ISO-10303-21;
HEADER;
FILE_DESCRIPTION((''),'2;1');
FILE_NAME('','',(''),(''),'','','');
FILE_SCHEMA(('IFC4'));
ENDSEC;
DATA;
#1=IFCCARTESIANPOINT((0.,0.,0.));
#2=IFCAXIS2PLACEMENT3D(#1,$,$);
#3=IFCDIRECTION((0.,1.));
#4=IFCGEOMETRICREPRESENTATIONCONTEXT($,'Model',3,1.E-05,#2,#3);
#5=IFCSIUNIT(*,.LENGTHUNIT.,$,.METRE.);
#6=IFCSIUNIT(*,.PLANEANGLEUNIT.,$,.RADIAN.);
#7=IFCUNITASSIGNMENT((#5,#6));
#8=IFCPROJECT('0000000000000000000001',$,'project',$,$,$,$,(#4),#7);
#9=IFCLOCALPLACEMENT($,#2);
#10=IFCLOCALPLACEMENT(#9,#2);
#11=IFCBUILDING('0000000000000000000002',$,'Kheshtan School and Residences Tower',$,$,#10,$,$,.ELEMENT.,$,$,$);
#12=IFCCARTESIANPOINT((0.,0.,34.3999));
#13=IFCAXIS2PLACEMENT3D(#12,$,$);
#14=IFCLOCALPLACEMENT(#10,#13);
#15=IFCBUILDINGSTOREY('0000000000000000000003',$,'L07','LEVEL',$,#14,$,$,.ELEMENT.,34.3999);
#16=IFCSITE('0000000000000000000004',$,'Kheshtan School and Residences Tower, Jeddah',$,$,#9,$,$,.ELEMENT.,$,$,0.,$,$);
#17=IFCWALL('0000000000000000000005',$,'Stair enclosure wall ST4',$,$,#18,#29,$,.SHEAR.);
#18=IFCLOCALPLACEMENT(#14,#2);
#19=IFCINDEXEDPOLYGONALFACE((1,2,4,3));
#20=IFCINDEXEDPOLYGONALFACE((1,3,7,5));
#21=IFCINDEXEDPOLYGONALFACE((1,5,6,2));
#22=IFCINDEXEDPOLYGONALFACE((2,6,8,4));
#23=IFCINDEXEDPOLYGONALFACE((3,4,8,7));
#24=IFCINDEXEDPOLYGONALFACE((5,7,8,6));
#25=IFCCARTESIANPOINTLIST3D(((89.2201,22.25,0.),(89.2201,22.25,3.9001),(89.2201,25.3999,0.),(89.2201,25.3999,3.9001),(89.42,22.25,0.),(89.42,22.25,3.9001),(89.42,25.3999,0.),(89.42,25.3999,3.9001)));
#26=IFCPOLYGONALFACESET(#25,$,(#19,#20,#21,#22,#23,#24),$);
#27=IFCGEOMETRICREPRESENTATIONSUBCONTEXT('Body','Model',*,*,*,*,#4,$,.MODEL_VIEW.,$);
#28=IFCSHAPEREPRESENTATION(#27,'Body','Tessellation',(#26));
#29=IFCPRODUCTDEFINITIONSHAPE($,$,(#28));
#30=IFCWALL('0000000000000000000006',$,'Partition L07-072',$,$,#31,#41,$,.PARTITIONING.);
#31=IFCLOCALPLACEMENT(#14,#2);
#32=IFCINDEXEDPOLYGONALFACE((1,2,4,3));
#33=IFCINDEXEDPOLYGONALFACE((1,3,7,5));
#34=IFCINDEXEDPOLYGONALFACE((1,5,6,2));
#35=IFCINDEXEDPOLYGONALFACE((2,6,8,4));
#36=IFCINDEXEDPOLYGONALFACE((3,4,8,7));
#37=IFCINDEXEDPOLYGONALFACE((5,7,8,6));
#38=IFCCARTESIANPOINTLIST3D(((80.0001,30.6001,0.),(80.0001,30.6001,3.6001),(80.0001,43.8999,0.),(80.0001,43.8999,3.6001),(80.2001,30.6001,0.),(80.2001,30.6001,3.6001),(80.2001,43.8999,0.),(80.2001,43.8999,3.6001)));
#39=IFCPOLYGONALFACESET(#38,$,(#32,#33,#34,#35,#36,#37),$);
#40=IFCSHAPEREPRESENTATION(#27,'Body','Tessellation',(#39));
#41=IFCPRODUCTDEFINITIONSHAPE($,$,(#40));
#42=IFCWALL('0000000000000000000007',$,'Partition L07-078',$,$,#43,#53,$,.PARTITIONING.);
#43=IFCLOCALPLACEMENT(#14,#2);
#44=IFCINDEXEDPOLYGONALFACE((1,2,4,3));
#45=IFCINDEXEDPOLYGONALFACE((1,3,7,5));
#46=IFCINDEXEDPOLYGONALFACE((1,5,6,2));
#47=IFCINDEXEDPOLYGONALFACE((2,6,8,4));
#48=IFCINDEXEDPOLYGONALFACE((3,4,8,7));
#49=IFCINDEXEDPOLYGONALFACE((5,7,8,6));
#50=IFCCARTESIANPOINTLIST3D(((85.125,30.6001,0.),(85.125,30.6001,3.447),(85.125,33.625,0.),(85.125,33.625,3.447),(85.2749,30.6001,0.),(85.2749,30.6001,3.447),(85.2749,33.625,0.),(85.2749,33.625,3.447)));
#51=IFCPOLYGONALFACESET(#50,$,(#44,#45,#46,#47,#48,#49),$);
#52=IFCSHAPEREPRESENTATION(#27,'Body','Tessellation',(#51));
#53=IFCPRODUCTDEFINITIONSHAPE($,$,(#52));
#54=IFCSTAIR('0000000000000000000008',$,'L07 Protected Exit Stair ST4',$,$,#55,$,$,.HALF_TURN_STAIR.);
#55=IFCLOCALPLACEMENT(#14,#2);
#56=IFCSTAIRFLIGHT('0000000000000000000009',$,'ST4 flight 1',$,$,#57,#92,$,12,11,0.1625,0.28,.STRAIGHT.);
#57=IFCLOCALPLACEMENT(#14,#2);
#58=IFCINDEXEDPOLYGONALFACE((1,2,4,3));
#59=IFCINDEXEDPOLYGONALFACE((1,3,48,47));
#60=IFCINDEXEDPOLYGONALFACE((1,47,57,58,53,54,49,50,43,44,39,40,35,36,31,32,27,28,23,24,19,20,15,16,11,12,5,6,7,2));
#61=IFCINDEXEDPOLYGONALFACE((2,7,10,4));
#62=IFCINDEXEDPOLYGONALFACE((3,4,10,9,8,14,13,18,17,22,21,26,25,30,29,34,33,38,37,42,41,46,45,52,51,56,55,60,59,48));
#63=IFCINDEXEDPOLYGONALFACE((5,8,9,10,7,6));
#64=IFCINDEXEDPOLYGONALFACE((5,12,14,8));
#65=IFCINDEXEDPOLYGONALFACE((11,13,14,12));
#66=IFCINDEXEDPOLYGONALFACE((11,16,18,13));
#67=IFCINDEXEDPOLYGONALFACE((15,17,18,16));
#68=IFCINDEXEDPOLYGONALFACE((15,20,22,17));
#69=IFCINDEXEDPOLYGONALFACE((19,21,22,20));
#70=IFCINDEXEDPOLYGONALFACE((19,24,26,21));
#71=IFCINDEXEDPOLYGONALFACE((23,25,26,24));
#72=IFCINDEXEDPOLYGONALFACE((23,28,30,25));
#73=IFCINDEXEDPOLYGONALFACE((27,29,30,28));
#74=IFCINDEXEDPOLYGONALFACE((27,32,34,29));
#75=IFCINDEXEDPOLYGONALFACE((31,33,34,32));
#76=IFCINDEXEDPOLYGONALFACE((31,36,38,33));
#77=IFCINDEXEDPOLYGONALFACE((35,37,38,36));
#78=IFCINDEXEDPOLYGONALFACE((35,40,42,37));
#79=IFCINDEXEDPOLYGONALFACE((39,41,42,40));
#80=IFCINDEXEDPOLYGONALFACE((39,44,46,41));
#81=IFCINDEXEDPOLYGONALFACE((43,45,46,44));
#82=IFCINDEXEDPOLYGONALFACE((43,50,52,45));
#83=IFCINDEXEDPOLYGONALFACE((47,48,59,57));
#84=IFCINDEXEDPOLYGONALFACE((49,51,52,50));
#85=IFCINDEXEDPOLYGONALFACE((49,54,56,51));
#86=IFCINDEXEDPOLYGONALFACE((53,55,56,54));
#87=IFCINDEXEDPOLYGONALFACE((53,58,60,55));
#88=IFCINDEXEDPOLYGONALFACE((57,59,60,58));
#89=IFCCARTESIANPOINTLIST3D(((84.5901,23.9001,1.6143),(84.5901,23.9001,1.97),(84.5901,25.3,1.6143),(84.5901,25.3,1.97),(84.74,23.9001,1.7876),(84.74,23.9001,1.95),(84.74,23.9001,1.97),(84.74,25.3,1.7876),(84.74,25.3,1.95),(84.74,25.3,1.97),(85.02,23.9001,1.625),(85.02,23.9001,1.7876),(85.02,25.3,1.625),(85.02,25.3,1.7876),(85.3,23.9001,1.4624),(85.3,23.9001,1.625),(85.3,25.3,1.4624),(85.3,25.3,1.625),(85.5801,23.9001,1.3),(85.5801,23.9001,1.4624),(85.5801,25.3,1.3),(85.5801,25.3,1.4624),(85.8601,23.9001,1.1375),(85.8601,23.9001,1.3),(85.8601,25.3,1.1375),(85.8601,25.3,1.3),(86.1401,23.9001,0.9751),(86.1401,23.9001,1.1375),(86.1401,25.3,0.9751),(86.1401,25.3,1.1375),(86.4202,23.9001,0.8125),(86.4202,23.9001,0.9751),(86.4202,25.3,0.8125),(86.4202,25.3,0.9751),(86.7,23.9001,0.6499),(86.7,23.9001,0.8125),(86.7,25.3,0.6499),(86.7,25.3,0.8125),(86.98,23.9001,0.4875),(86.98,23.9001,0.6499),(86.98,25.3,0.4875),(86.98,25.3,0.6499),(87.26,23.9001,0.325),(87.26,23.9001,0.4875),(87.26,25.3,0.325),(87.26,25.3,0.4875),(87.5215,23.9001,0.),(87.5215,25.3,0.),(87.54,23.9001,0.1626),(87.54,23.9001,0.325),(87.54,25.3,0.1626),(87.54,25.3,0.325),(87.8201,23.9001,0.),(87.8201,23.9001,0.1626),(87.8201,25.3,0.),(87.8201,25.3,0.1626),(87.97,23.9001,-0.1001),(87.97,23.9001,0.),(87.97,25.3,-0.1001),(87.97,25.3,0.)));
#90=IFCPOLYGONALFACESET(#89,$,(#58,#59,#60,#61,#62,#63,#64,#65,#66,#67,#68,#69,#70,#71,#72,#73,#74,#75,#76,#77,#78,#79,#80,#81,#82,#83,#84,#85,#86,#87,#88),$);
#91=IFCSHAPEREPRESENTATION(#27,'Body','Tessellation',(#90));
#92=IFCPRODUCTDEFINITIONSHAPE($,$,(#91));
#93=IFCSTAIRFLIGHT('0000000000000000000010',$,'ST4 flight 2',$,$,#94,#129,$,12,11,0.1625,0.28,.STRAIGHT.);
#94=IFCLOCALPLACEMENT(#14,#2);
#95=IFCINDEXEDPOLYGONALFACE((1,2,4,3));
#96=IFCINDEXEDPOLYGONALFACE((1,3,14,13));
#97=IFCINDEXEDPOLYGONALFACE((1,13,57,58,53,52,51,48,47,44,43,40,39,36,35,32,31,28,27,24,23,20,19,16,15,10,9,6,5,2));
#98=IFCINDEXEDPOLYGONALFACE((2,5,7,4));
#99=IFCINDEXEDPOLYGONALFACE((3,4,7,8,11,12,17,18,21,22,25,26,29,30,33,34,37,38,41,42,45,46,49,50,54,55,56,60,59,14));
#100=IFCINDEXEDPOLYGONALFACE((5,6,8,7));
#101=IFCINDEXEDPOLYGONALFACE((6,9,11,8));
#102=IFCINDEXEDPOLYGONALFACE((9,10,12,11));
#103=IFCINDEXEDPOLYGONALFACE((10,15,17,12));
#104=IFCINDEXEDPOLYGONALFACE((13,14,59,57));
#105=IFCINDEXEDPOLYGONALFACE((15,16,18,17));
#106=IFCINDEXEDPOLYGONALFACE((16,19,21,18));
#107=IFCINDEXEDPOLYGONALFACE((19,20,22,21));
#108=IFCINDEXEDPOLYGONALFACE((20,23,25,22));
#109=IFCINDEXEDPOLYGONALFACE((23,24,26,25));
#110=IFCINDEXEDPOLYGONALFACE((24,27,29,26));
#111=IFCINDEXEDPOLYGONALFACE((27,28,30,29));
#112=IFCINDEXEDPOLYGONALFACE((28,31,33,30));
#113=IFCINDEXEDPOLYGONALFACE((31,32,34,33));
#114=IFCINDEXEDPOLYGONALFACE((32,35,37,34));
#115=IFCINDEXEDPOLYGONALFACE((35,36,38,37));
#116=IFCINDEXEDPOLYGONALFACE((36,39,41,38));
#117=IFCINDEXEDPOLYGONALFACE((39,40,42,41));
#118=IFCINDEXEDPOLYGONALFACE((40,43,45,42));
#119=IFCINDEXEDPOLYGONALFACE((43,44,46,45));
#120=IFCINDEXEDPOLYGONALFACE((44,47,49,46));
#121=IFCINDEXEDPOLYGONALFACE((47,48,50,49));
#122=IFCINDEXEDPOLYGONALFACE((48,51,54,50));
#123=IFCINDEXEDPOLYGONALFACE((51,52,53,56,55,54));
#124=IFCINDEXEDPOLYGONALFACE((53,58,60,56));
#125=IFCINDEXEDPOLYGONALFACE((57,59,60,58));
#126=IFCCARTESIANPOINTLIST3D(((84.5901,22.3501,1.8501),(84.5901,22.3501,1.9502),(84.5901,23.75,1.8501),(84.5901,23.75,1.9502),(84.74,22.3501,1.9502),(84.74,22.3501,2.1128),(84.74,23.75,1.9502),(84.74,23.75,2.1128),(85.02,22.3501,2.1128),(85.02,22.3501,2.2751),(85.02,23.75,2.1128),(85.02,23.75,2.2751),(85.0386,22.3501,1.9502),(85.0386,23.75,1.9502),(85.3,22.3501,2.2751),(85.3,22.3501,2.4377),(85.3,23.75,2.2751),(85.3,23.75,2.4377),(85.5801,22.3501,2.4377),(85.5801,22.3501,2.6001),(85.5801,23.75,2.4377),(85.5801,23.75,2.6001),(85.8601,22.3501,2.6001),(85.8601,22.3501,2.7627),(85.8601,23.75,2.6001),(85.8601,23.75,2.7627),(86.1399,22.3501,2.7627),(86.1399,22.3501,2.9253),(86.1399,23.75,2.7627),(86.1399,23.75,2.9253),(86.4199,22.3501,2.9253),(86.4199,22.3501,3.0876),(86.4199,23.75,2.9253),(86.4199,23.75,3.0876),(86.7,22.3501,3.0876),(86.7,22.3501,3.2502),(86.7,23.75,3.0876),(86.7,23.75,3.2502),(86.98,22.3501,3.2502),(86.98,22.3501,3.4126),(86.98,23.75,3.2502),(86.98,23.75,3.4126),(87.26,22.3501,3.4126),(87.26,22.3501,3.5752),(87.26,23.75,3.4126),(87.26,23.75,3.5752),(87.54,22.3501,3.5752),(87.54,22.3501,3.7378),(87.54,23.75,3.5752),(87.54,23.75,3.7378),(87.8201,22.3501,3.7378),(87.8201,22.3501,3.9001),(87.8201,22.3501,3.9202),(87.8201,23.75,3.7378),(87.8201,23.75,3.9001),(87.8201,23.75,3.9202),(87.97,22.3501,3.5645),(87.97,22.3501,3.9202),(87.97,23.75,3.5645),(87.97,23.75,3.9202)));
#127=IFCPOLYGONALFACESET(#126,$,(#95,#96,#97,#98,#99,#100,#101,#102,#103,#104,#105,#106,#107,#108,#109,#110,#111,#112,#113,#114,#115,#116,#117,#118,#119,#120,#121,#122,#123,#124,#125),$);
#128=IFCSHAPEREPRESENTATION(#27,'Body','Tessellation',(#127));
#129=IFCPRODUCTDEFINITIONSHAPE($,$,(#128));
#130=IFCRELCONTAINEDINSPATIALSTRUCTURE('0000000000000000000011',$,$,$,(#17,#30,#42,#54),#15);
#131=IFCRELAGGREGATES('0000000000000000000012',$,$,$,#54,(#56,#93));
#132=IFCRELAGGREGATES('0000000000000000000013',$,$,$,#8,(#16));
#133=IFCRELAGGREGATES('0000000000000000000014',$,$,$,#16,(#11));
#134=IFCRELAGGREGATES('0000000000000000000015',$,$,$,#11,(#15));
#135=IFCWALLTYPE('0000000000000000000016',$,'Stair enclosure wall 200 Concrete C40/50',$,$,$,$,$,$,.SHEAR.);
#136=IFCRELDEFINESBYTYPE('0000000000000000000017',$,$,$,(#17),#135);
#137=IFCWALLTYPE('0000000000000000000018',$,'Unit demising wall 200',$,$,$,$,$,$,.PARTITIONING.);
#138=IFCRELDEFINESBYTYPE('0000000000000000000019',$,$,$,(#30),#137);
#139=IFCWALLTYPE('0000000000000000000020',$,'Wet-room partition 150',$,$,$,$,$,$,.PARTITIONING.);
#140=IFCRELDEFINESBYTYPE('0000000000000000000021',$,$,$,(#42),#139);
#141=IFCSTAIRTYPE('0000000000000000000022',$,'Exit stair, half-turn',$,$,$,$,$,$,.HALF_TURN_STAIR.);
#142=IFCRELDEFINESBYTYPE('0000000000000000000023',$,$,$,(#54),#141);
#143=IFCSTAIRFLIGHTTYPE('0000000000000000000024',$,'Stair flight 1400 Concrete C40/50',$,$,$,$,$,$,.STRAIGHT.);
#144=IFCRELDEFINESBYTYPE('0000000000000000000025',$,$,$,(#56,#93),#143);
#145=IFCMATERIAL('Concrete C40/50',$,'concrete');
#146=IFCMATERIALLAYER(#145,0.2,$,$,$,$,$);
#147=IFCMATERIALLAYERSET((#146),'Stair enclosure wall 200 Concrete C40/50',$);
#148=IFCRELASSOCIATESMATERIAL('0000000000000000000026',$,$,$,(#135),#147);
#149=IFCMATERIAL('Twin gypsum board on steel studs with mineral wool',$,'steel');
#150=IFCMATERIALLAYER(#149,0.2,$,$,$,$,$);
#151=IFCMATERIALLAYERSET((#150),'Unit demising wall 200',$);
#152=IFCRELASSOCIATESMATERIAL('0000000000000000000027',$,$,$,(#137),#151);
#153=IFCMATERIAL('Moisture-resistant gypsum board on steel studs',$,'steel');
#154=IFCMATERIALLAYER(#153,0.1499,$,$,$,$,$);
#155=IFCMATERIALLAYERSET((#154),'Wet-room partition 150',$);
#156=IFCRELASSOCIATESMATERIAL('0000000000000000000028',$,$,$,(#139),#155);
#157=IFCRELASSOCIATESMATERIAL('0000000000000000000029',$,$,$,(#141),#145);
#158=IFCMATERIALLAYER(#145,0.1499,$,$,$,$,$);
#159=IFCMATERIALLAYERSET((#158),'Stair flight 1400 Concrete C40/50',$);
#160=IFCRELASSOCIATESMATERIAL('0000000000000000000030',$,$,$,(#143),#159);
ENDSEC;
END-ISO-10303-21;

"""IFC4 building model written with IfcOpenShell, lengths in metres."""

from ifc_helpers import new_model, si_unit, direction, frame, frame_2d, origin, place, context, subcontext, project, spatial, polyline, rectangle, outline, extrude, material, layer, layer_set, type_object, element, aggregate, save


model = new_model("IFC4")

# Units and contexts
model_context = context("Model", 3, precision=1e-05, world=origin(), true_north=direction((0.0, 1.0)))
body_context = subcontext(model_context, "Body", "Model", "MODEL_VIEW")
ifc_project = project(units=[si_unit("LENGTHUNIT", "METRE"), si_unit("PLANEANGLEUNIT", "RADIAN")], contexts=[model_context])

# Site, building, storey
site_placement = place(None, origin())
site = spatial("IfcSite", under=ifc_project, at=site_placement, Name="Kheshtan School and Residences Tower, Jeddah", CompositionType="ELEMENT", RefElevation=0.0)
building_placement = place(site_placement, origin())
building = spatial("IfcBuilding", under=site, at=building_placement, Name="Kheshtan School and Residences Tower", CompositionType="ELEMENT")
storey_placement = place(building_placement, frame((0.0, 0.0, 34.3999)))
storey = spatial("IfcBuildingStorey", under=building, at=storey_placement, Name="L07", Description="LEVEL", CompositionType="ELEMENT", Elevation=34.3999)

# Shared definitions
ifc_material_1 = material(Name="Concrete C40/50", Category="concrete")
ifc_layer_1 = layer(ifc_material_1, 0.2)
ifc_layer_set_1 = layer_set([ifc_layer_1], Name="Stair enclosure wall 200 Concrete C40/50")
wall_type_1 = type_object("IfcWallType", Name="Stair enclosure wall 200 Concrete C40/50", PredefinedType="SHEAR", material=ifc_layer_set_1)

# Walls
for number, where, z_axis, x_axis, name in (
    (1, (89.3201, 22.25, 0.0), (0.0, 0.0, 1.0), (0.0, 1.0, 0.0), "Stair enclosure wall ST4"),
):
    element("IfcWall", number, at=place(storey_placement, frame(where, z_axis=z_axis, x_axis=x_axis)), inside=storey, type_object=wall_type_1, Name=name, PredefinedType="SHEAR", context=body_context, shape_type="SweptSolid", body=[
        extrude(rectangle(XDim=3.1499, YDim=0.2, at=frame_2d((1.575, 0.0))), origin(), (0.0, 0.0, 1.0), 3.9001),
    ])
ifc_material_2 = material(Name="Twin gypsum board on steel studs with mineral wool", Category="steel")
ifc_layer_2 = layer(ifc_material_2, 0.2)
ifc_layer_set_2 = layer_set([ifc_layer_2], Name="Unit demising wall 200")
wall_type_2 = type_object("IfcWallType", Name="Unit demising wall 200", PredefinedType="PARTITIONING", material=ifc_layer_set_2)
wall_1_placement = place(storey_placement, frame((80.1001, 30.6001, 0.0), z_axis=(0.0, 0.0, 1.0), x_axis=(0.0, 1.0, 0.0)))
element("IfcWall", 2, at=wall_1_placement, inside=storey, type_object=wall_type_2, Name="Partition L07-072", PredefinedType="PARTITIONING", context=body_context, shape_type="SweptSolid", body=[
    extrude(rectangle(XDim=13.2998, YDim=0.2, at=frame_2d((6.6499, 0.0))), origin(), (0.0, 0.0, 1.0), 3.6001),
])
ifc_material_3 = material(Name="Moisture-resistant gypsum board on steel studs", Category="steel")
ifc_layer_3 = layer(ifc_material_3, 0.1499)
ifc_layer_set_3 = layer_set([ifc_layer_3], Name="Wet-room partition 150")
wall_type_3 = type_object("IfcWallType", Name="Wet-room partition 150", PredefinedType="PARTITIONING", material=ifc_layer_set_3)
wall_2_placement = place(storey_placement, frame((85.2, 30.6001, 0.0), z_axis=(0.0, 0.0, 1.0), x_axis=(0.0, 1.0, 0.0)))
element("IfcWall", 3, at=wall_2_placement, inside=storey, type_object=wall_type_3, Name="Partition L07-078", PredefinedType="PARTITIONING", context=body_context, shape_type="SweptSolid", body=[
    extrude(rectangle(XDim=3.0249, YDim=0.1499, at=frame_2d((1.5125, 0.0))), origin(), (0.0, 0.0, 1.0), 3.447),
])

# Stair, stair flights
stair_type = type_object("IfcStairType", Name="Exit stair, half-turn", PredefinedType="HALF_TURN_STAIR", material=ifc_material_1)
stair_placement = place(storey_placement, origin())
stair = element("IfcStair", 4, at=stair_placement, inside=storey, type_object=stair_type, Name="L07 Protected Exit Stair ST4", PredefinedType="HALF_TURN_STAIR")
ifc_layer_4 = layer(ifc_material_1, 0.1499)
ifc_layer_set_4 = layer_set([ifc_layer_4], Name="Stair flight 1400 Concrete C40/50")
stair_flight_type = type_object("IfcStairFlightType", Name="Stair flight 1400 Concrete C40/50", PredefinedType="STRAIGHT", material=ifc_layer_set_4)
stair_flight_1_placement = place(storey_placement, frame((87.8201, 24.6001, 0.0), z_axis=(0.0, 0.0, 1.0), x_axis=(-1.0, 0.0, 0.0)))
stair_flight_1 = element("IfcStairFlight", 5, at=stair_flight_1_placement, type_object=stair_flight_type, Name="ST4 flight 1", NumberOfRisers=12, NumberOfTreads=11, PredefinedType="STRAIGHT", RiserHeight=0.1625, TreadLength=0.28, context=body_context, shape_type="SweptSolid", body=[
    extrude(outline(polyline([(-0.1499, -0.1001), (-0.1499, 0.0), (0.0, 0.0), (0.0, 0.1626), (0.28, 0.1626), (0.28, 0.325), (0.5601, 0.325), (0.5601, 0.4875), (0.8401, 0.4875), (0.8401, 0.6499), (1.1201, 0.6499), (1.1201, 0.8125), (1.3999, 0.8125), (1.3999, 0.9751), (1.6799, 0.9751), (1.6799, 1.1375), (1.96, 1.1375), (1.96, 1.3), (2.24, 1.3), (2.24, 1.4624), (2.52, 1.4624), (2.52, 1.625), (2.8, 1.625), (2.8, 1.7876), (3.0801, 1.7876), (3.0801, 1.95), (3.0801, 1.97), (3.23, 1.97), (3.23, 1.6143), (0.2986, 0.0), (-0.1499, -0.1001)])), frame((0.0, 0.7, 0.0), z_axis=(0.0, -1.0, 0.0), x_axis=(1.0, 0.0, 0.0)), (0.0, 0.0, 1.0), 1.3999),
])
stair_flight_2_placement = place(storey_placement, frame((84.74, 23.05, 1.9502), z_axis=(0.0, 0.0, 1.0), x_axis=(1.0, 0.0, 0.0)))
stair_flight_2 = element("IfcStairFlight", 6, at=stair_flight_2_placement, type_object=stair_flight_type, Name="ST4 flight 2", NumberOfRisers=12, NumberOfTreads=11, PredefinedType="STRAIGHT", RiserHeight=0.1625, TreadLength=0.28, context=body_context, shape_type="SweptSolid", body=[
    extrude(outline(polyline([(-0.1499, -0.1001), (-0.1499, 0.0), (0.0, 0.0), (0.0, 0.1626), (0.28, 0.1626), (0.28, 0.325), (0.5601, 0.325), (0.5601, 0.4875), (0.8401, 0.4875), (0.8401, 0.6499), (1.1201, 0.6499), (1.1201, 0.8125), (1.3999, 0.8125), (1.3999, 0.9751), (1.6799, 0.9751), (1.6799, 1.1375), (1.96, 1.1375), (1.96, 1.3), (2.24, 1.3), (2.24, 1.4624), (2.52, 1.4624), (2.52, 1.625), (2.8, 1.625), (2.8, 1.7876), (3.0801, 1.7876), (3.0801, 1.95), (3.0801, 1.97), (3.23, 1.97), (3.23, 1.6143), (0.2986, 0.0), (-0.1499, -0.1001)])), frame((0.0, 0.7, 0.0), z_axis=(0.0, -1.0, 0.0), x_axis=(1.0, 0.0, 0.0)), (0.0, 0.0, 1.0), 1.3999),
])
aggregate(stair, [stair_flight_1, stair_flight_2])

save(model, "model.ifc")
